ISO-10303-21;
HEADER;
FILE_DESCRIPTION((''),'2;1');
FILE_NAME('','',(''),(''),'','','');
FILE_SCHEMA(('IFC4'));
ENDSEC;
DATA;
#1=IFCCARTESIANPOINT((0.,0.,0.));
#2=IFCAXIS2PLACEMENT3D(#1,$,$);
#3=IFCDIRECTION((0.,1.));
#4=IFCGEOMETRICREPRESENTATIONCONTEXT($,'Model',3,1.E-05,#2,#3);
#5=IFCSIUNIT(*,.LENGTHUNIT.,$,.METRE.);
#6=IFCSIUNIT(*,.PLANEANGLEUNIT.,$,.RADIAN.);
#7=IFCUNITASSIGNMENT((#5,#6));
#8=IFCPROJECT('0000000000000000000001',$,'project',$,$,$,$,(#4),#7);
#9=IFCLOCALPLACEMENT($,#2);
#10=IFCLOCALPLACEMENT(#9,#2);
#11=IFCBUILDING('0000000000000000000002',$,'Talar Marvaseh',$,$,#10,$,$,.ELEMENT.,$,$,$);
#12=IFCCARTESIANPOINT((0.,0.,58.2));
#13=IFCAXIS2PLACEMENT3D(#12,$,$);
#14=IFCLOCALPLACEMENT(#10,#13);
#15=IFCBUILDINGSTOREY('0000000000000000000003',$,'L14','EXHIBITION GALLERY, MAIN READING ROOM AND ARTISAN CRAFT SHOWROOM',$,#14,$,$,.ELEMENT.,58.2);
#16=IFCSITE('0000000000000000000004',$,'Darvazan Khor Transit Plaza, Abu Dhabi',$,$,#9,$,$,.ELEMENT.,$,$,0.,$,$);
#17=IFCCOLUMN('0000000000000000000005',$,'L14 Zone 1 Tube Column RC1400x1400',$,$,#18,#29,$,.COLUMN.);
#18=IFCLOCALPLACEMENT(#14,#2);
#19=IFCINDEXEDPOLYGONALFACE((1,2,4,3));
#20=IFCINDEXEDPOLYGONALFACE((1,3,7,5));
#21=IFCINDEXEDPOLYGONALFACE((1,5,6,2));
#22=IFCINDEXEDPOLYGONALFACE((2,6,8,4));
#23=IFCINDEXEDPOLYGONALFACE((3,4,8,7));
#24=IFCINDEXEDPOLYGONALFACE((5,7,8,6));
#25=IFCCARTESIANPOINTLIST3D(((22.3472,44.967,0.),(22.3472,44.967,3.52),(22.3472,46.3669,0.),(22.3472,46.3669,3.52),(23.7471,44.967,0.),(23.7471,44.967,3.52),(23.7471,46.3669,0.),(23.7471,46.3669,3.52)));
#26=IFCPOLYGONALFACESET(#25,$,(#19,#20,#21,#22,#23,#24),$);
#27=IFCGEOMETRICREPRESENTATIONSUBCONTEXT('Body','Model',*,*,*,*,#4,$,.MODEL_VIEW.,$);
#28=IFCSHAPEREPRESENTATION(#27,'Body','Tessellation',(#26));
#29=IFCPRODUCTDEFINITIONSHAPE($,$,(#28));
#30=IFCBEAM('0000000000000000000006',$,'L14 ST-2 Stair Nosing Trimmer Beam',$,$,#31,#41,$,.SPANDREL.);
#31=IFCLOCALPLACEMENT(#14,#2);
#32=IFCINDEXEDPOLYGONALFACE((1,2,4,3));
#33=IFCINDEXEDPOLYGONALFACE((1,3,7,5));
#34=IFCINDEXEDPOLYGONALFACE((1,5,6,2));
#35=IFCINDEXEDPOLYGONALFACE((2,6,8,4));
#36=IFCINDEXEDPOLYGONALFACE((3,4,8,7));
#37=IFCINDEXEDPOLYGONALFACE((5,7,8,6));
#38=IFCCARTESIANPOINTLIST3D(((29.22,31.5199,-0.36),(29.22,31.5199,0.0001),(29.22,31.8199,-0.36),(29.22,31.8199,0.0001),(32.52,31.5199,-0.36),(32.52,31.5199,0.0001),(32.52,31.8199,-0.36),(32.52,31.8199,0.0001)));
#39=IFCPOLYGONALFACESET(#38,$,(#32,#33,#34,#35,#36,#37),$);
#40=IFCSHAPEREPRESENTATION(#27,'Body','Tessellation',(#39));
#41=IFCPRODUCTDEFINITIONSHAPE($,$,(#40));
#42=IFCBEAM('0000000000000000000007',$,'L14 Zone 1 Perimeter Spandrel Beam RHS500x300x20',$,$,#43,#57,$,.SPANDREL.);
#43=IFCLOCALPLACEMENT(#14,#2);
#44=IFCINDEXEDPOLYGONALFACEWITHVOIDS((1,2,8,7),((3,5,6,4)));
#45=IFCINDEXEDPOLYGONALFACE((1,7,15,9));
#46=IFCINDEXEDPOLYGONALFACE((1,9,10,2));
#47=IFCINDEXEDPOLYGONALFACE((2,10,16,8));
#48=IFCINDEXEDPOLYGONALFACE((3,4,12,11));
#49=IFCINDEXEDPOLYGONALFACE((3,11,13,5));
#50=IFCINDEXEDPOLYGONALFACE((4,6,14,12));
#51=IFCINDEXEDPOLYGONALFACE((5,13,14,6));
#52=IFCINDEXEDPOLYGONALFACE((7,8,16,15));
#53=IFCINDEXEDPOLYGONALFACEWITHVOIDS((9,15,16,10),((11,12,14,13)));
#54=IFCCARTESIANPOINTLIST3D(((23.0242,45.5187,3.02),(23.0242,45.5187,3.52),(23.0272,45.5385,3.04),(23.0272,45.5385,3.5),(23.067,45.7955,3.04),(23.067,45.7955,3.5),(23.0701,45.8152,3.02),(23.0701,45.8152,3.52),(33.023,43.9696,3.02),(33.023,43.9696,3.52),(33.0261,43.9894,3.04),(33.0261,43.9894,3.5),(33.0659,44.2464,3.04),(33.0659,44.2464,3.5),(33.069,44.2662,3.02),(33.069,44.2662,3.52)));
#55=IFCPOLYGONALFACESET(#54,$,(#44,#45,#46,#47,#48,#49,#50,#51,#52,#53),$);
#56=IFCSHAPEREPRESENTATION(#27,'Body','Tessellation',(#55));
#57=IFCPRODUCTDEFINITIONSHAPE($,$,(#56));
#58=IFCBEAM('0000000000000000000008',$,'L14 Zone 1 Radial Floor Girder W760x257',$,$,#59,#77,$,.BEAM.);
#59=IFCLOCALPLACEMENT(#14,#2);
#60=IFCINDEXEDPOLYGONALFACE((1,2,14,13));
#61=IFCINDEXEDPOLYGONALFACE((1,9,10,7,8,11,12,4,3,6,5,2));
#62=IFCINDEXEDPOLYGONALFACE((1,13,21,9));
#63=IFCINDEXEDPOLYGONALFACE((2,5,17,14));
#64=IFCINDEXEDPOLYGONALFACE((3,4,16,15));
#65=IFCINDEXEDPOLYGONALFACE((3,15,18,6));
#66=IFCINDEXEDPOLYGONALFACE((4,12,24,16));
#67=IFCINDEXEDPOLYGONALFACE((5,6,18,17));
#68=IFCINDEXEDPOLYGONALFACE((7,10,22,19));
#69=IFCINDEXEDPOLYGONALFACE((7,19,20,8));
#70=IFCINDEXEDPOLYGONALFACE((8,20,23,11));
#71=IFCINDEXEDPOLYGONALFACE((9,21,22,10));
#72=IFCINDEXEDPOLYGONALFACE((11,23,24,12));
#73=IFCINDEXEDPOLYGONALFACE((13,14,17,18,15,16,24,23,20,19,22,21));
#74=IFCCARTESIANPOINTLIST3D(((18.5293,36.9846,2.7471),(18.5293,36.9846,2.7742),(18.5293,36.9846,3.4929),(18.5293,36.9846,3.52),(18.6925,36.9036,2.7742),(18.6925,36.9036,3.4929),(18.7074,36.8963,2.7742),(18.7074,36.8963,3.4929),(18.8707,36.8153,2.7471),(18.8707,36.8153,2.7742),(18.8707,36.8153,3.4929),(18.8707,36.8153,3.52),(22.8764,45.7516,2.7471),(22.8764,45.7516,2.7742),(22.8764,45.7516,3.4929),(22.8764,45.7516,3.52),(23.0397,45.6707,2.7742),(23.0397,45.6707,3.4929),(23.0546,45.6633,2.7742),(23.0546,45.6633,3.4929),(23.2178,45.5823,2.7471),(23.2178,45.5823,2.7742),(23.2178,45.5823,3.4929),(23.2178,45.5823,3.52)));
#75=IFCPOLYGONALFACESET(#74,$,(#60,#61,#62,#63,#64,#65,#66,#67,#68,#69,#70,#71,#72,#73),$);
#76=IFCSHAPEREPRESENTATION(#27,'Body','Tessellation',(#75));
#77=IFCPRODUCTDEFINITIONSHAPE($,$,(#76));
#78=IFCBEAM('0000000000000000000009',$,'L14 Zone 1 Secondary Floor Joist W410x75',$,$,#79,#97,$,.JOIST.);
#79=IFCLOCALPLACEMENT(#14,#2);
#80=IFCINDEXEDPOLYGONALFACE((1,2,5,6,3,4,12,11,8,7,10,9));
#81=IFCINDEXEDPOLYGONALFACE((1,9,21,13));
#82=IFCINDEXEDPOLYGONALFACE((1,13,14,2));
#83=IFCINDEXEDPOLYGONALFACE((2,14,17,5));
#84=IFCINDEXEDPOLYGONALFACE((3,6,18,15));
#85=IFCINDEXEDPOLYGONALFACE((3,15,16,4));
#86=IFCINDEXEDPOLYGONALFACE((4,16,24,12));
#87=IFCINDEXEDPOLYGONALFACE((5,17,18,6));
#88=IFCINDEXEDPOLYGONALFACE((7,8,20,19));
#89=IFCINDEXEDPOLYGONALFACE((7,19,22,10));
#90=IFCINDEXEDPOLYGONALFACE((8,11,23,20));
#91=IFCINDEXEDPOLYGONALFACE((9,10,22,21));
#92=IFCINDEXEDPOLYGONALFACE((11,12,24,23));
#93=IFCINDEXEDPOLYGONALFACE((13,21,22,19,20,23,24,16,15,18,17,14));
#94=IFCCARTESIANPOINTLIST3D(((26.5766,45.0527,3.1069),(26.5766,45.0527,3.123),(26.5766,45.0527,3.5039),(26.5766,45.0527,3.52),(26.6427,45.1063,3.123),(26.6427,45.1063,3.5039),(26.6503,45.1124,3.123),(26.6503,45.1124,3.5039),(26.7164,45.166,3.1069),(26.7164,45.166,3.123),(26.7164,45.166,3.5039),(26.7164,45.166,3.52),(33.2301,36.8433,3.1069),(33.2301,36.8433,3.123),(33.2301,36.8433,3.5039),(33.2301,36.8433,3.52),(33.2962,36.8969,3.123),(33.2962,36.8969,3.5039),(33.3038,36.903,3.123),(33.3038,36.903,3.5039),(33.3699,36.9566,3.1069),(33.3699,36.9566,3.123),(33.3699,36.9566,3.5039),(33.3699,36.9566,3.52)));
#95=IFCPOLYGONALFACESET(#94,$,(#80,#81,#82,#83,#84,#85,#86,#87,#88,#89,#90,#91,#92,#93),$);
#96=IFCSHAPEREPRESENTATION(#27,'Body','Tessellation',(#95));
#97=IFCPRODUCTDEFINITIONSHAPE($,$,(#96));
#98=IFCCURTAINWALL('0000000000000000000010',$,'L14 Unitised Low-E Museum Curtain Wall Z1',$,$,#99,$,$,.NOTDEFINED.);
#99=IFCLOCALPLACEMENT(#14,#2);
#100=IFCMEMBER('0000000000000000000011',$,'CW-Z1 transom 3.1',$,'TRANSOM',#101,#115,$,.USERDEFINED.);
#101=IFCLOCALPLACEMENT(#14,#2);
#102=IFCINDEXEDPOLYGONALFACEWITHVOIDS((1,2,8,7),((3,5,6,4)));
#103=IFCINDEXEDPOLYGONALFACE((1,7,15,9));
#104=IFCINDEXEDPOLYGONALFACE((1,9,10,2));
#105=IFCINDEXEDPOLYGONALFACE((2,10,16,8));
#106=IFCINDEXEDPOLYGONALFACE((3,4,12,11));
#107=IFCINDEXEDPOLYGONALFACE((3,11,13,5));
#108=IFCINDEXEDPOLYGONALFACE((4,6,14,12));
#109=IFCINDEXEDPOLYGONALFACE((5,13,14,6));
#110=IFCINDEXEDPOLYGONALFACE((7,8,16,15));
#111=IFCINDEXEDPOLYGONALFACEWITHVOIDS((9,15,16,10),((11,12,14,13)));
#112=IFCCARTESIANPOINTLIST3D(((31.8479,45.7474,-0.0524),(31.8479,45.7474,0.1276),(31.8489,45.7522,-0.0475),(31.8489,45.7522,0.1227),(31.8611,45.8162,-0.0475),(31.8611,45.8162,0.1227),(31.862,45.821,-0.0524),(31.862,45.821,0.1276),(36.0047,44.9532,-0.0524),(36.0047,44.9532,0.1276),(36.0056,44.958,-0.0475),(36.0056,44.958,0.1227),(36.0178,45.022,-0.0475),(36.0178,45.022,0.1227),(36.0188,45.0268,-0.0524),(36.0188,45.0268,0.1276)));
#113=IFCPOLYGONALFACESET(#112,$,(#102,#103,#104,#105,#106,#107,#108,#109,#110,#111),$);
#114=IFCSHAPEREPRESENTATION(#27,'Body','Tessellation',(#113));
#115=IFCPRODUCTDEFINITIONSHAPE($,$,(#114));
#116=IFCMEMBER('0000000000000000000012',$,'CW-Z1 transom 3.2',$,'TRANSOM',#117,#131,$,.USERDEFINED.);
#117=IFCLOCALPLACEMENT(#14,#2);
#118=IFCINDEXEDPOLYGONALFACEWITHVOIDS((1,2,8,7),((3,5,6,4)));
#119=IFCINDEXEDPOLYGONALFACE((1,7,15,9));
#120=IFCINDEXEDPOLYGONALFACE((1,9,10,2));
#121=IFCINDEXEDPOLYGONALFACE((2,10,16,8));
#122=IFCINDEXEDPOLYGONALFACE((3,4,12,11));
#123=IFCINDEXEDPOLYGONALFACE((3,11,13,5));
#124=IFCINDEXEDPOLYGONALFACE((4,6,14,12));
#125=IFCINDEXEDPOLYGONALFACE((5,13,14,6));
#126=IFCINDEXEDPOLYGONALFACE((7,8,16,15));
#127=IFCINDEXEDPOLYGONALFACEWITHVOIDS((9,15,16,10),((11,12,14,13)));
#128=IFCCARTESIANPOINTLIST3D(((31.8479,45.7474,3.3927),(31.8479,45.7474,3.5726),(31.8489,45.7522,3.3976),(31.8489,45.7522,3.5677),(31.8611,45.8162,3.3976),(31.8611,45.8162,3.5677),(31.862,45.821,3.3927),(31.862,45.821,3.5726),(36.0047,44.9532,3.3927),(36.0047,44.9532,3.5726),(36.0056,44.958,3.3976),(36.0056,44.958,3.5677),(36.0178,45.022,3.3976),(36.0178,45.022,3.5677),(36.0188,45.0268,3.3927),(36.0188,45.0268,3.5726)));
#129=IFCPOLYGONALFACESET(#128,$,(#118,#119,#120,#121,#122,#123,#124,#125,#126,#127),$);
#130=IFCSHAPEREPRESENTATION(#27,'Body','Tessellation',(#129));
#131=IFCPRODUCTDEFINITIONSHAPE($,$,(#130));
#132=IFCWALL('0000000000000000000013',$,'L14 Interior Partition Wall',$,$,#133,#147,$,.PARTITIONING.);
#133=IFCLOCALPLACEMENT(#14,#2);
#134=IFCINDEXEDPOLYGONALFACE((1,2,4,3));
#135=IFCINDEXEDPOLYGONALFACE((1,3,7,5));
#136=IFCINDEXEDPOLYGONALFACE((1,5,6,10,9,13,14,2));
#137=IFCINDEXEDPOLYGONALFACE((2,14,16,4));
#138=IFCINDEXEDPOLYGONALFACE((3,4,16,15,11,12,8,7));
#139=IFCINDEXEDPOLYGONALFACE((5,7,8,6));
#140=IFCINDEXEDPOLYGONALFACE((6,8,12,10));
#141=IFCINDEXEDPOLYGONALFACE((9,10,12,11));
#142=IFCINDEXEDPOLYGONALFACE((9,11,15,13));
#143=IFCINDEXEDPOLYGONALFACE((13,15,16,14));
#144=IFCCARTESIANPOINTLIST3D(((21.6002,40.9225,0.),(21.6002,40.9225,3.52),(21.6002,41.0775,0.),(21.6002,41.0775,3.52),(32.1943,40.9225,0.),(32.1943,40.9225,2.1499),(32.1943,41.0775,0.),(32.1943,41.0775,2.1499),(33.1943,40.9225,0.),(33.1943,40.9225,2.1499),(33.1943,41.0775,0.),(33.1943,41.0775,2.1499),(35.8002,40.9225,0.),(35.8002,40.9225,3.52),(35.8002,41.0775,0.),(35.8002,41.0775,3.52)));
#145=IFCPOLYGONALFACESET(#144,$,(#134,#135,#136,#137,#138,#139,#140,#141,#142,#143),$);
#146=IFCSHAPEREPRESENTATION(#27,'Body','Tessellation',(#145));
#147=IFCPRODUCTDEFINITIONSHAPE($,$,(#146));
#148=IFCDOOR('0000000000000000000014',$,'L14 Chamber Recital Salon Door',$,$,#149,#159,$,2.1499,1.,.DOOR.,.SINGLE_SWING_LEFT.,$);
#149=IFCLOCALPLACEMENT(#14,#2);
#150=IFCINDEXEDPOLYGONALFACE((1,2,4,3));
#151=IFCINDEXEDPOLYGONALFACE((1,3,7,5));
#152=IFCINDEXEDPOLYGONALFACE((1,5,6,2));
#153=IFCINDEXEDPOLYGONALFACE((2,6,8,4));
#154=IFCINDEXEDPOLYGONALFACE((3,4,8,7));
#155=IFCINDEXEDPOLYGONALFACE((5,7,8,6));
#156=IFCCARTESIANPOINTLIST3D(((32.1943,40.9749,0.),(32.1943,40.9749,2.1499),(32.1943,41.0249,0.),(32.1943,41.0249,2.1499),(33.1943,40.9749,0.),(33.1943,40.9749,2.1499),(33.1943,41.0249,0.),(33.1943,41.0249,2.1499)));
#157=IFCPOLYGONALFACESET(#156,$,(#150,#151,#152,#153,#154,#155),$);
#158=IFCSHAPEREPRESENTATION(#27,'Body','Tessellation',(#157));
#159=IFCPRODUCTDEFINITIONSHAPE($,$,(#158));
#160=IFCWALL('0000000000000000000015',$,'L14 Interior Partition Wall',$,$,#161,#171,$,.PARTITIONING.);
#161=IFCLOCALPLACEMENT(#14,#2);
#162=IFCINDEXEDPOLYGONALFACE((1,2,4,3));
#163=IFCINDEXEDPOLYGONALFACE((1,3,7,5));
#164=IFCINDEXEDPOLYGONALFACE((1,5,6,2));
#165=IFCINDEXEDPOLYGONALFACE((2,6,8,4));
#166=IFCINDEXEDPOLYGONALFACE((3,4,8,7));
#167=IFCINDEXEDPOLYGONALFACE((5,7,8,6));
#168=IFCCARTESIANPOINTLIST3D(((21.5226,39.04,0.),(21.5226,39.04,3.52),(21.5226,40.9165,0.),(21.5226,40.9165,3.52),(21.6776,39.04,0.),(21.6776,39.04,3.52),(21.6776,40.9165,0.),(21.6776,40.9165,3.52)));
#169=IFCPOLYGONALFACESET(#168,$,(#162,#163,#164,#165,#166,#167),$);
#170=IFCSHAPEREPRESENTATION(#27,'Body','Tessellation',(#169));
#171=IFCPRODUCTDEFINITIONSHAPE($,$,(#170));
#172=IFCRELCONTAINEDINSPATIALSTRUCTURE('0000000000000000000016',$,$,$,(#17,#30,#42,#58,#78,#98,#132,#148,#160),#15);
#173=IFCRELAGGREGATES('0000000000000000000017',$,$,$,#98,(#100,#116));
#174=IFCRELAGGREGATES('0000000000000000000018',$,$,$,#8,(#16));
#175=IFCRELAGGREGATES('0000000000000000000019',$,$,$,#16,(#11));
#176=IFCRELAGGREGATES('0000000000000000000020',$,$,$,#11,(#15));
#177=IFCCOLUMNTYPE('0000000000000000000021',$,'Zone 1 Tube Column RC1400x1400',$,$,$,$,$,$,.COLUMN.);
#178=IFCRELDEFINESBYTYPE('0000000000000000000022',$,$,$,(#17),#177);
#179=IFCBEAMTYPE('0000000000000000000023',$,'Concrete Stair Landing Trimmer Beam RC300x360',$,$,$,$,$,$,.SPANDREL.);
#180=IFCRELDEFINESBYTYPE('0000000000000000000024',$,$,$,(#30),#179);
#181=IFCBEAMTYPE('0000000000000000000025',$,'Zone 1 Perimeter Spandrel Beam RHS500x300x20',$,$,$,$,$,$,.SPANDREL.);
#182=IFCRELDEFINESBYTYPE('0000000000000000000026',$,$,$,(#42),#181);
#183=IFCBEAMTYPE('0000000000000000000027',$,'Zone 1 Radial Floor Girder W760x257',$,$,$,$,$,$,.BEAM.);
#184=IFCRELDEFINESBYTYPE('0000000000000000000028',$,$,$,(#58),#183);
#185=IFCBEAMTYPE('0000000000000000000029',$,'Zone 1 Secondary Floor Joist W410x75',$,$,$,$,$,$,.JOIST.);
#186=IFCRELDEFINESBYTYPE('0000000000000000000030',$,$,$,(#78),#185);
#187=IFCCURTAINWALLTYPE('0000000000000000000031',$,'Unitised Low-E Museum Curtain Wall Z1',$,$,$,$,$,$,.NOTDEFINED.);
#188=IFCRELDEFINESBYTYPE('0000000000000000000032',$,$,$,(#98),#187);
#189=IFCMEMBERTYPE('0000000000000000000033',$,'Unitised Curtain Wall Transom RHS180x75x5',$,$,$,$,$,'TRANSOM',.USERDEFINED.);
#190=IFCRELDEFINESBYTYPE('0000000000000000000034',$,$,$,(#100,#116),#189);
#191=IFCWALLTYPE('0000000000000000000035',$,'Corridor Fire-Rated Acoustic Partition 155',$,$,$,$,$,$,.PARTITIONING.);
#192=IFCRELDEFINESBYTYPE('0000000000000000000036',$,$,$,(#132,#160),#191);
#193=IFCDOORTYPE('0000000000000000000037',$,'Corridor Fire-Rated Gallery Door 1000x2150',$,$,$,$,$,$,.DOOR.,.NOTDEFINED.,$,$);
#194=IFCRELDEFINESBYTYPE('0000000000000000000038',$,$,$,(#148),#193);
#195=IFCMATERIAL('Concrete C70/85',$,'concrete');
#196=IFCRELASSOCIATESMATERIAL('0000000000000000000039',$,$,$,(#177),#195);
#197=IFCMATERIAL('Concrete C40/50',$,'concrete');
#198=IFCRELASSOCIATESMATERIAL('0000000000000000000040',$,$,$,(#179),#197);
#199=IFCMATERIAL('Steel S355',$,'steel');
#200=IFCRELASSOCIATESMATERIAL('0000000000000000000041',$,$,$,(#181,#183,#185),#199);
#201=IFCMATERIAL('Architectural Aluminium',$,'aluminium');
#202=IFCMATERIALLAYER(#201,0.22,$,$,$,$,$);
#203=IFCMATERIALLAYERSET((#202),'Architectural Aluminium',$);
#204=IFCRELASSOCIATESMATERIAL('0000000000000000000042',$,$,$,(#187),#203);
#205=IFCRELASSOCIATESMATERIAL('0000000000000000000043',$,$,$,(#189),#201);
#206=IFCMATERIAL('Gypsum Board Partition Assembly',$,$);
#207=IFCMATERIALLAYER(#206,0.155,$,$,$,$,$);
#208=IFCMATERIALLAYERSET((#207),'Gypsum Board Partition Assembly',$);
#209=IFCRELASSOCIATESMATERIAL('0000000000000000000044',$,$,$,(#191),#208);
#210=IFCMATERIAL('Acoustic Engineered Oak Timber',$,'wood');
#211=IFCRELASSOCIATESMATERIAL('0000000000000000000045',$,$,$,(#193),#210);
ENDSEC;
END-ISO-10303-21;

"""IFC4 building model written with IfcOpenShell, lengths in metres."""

from ifc_helpers import new_model, si_unit, direction, frame, frame_2d, origin, origin_2d, place, context, subcontext, project, spatial, rectangle, hollow_rectangle, i_section, extrude, source, transform, mapped, material, layer, layer_set, material_profile, profile_set, type_object, type_shapes, element, fill, aggregate, save


model = new_model("IFC4")

# Units and contexts
model_context = context("Model", 3, precision=1e-05, world=origin(), true_north=direction((0.0, 1.0)))
body_context = subcontext(model_context, "Body", "Model", "MODEL_VIEW")
ifc_project = project(units=[si_unit("LENGTHUNIT", "METRE"), si_unit("PLANEANGLEUNIT", "RADIAN")], contexts=[model_context])

# Site, building, storey
site_placement = place(None, origin())
site = spatial("IfcSite", under=ifc_project, at=site_placement, Name="Darvazan Khor Transit Plaza, Abu Dhabi", CompositionType="ELEMENT", RefElevation=0.0)
building_placement = place(site_placement, origin())
building = spatial("IfcBuilding", under=site, at=building_placement, Name="Talar Marvaseh", CompositionType="ELEMENT")
storey_placement = place(building_placement, frame((0.0, 0.0, 58.2)))
storey = spatial("IfcBuildingStorey", under=building, at=storey_placement, Name="L14", Description="EXHIBITION GALLERY, MAIN READING ROOM AND ARTISAN CRAFT SHOWROOM", CompositionType="ELEMENT", Elevation=58.2)

# Column
ifc_material_1 = material(Name="Concrete C70/85", Category="concrete")
ifc_material_profile_1 = material_profile(ifc_material_1, rectangle(XDim=1.3999, YDim=1.3999, at=origin_2d()), Name="RC1400x1400")
ifc_profile_set_1 = profile_set([ifc_material_profile_1], Name="Concrete C70/85")
column_type = type_object("IfcColumnType", Name="Zone 1 Tube Column RC1400x1400", PredefinedType="COLUMN", material=ifc_profile_set_1)
column_placement = place(storey_placement, frame((23.0471, 45.667, 0.0), z_axis=(0.0, 0.0, 1.0), x_axis=(1.0, 0.0, 0.0)))
element("IfcColumn", 1, at=column_placement, inside=storey, type_object=column_type, Name="L14 Zone 1 Tube Column RC1400x1400", PredefinedType="COLUMN", context=body_context, shape_type="SweptSolid", body=[
    extrude(rectangle(XDim=1.3999, YDim=1.3999, at=origin_2d()), origin(), (0.0, 0.0, 1.0), 3.52),
])

# Beams
ifc_material_2 = material(Name="Concrete C40/50", Category="concrete")
ifc_material_profile_2 = material_profile(ifc_material_2, rectangle(XDim=0.3, YDim=0.3601, at=origin_2d()), Name="RC300x360")
ifc_profile_set_2 = profile_set([ifc_material_profile_2], Name="Concrete C40/50")
beam_type_1 = type_object("IfcBeamType", Name="Concrete Stair Landing Trimmer Beam RC300x360", PredefinedType="SPANDREL", material=ifc_profile_set_2)
beam_1_placement = place(storey_placement, frame((29.22, 31.6699, -0.1799), z_axis=(1.0, 0.0, 0.0), x_axis=(0.0, 1.0, 0.0)))
element("IfcBeam", 2, at=beam_1_placement, inside=storey, type_object=beam_type_1, Name="L14 ST-2 Stair Nosing Trimmer Beam", PredefinedType="SPANDREL", context=body_context, shape_type="SweptSolid", body=[
    extrude(rectangle(XDim=0.3, YDim=0.3601, at=origin_2d()), origin(), (0.0, 0.0, 1.0), 3.3),
])
ifc_material_3 = material(Name="Steel S355", Category="steel")
ifc_material_profile_3 = material_profile(ifc_material_3, hollow_rectangle(XDim=0.3, YDim=0.5, WallThickness=0.02, at=origin_2d()), Name="RHS500x300x20")
ifc_profile_set_3 = profile_set([ifc_material_profile_3], Name="Steel S355")
beam_type_2 = type_object("IfcBeamType", Name="Zone 1 Perimeter Spandrel Beam RHS500x300x20", PredefinedType="SPANDREL", material=ifc_profile_set_3)
beam_2_placement = place(storey_placement, frame((23.0471, 45.667, 3.27), z_axis=(0.988211, -0.1531, 0.0), x_axis=(0.1531, 0.988211, 0.0)))
element("IfcBeam", 3, at=beam_2_placement, inside=storey, type_object=beam_type_2, Name="L14 Zone 1 Perimeter Spandrel Beam RHS500x300x20", PredefinedType="SPANDREL", context=body_context, shape_type="SweptSolid", body=[
    extrude(hollow_rectangle(XDim=0.3, YDim=0.5, WallThickness=0.02, at=origin_2d()), origin(), (0.0, 0.0, 1.0), 10.1182),
])
ifc_material_profile_4 = material_profile(ifc_material_3, i_section(OverallWidth=0.3811, OverallDepth=0.7729, WebThickness=0.0166, FlangeThickness=0.0271, at=origin_2d()), Name="W760x257")
ifc_profile_set_4 = profile_set([ifc_material_profile_4], Name="Steel S355")
beam_type_3 = type_object("IfcBeamType", Name="Zone 1 Radial Floor Girder W760x257", PredefinedType="BEAM", material=ifc_profile_set_4)
beam_3_placement = place(storey_placement, frame((23.0471, 45.667, 3.1335), z_axis=(-0.444237, -0.895909, 0.0), x_axis=(0.895909, -0.444237, 0.0)))
element("IfcBeam", 4, at=beam_3_placement, inside=storey, type_object=beam_type_3, Name="L14 Zone 1 Radial Floor Girder W760x257", PredefinedType="BEAM", context=body_context, shape_type="SweptSolid", body=[
    extrude(i_section(OverallWidth=0.3811, OverallDepth=0.7729, WebThickness=0.0166, FlangeThickness=0.0271, at=origin_2d()), origin(), (0.0, 0.0, 1.0), 9.7856),
])
ifc_material_profile_5 = material_profile(ifc_material_3, i_section(OverallWidth=0.1799, OverallDepth=0.4131, WebThickness=0.0098, FlangeThickness=0.0161, at=origin_2d()), Name="W410x75")
ifc_profile_set_5 = profile_set([ifc_material_profile_5], Name="Steel S355")
beam_type_4 = type_object("IfcBeamType", Name="Zone 1 Secondary Floor Joist W410x75", PredefinedType="JOIST", material=ifc_profile_set_5)
beam_4_placement = place(storey_placement, frame((26.6465, 45.1094, 3.3135), z_axis=(0.629644, -0.776884, 0.0), x_axis=(0.776884, 0.629644, 0.0)))
element("IfcBeam", 5, at=beam_4_placement, inside=storey, type_object=beam_type_4, Name="L14 Zone 1 Secondary Floor Joist W410x75", PredefinedType="JOIST", context=body_context, shape_type="SweptSolid", body=[
    extrude(i_section(OverallWidth=0.1799, OverallDepth=0.4131, WebThickness=0.0098, FlangeThickness=0.0161, at=origin_2d()), origin(), (0.0, 0.0, 1.0), 10.5671),
])

# Curtain wall, members
ifc_material_4 = material(Name="Architectural Aluminium", Category="aluminium")
ifc_layer_1 = layer(ifc_material_4, 0.22)
ifc_layer_set_1 = layer_set([ifc_layer_1], Name="Architectural Aluminium")
curtain_wall_type = type_object("IfcCurtainWallType", Name="Unitised Low-E Museum Curtain Wall Z1", PredefinedType="NOTDEFINED", material=ifc_layer_set_1)
curtain_wall_placement = place(storey_placement, origin())
curtain_wall = element("IfcCurtainWall", 6, at=curtain_wall_placement, inside=storey, type_object=curtain_wall_type, Name="L14 Unitised Low-E Museum Curtain Wall Z1", PredefinedType="NOTDEFINED")
ifc_material_profile_6 = material_profile(ifc_material_4, hollow_rectangle(XDim=0.075, YDim=0.1799, WallThickness=0.0049, at=origin_2d()), Name="RHS180x75x5")
ifc_profile_set_6 = profile_set([ifc_material_profile_6], Name="Architectural Aluminium")
member_type = type_object("IfcMemberType", Name="Unitised Curtain Wall Transom RHS180x75x5", ElementType="TRANSOM", PredefinedType="USERDEFINED", material=ifc_profile_set_6)
shared_shape_1 = source(origin(), body_context, "Body", "SweptSolid", [
    extrude(hollow_rectangle(XDim=0.075, YDim=0.1799, WallThickness=0.0049, at=origin_2d()), origin(), (0.0, 0.0, 1.0), 4.2319),
])
type_shapes(member_type, [shared_shape_1])
member_1_placement = place(storey_placement, frame((31.855, 45.7842, 0.0376), z_axis=(0.982233, -0.187666, 0.0), x_axis=(0.187666, 0.982233, 0.0)))
member_1 = element("IfcMember", 7, at=member_1_placement, type_object=member_type, Name="CW-Z1 transom 3.1", ObjectType="TRANSOM", PredefinedType="USERDEFINED", context=body_context, shape_type="MappedRepresentation", body=[
    mapped(shared_shape_1, transform((0.0, 0.0, 0.0), x_axis=(1.0, 0.0, 0.0), y_axis=(0.0, 1.0, 0.0), z_axis=(0.0, 0.0, 1.0), scale=1.0)),
])
member_2_placement = place(storey_placement, frame((31.855, 45.7842, 3.4827), z_axis=(0.982233, -0.187666, 0.0), x_axis=(0.187666, 0.982233, 0.0)))
member_2 = element("IfcMember", 8, at=member_2_placement, type_object=member_type, Name="CW-Z1 transom 3.2", ObjectType="TRANSOM", PredefinedType="USERDEFINED", context=body_context, shape_type="MappedRepresentation", body=[
    mapped(shared_shape_1, transform((0.0, 0.0, 0.0), x_axis=(1.0, 0.0, 0.0), y_axis=(0.0, 1.0, 0.0), z_axis=(0.0, 0.0, 1.0), scale=1.0)),
])
aggregate(curtain_wall, [member_1, member_2])

# Wall, opening, door
ifc_material_5 = material(Name="Gypsum Board Partition Assembly")
ifc_layer_2 = layer(ifc_material_5, 0.155)
ifc_layer_set_2 = layer_set([ifc_layer_2], Name="Gypsum Board Partition Assembly")
wall_type_1 = type_object("IfcWallType", Name="Corridor Fire-Rated Acoustic Partition 155", PredefinedType="PARTITIONING", material=ifc_layer_set_2)
wall_1_placement = place(storey_placement, frame((21.6001, 41.0, 0.0), z_axis=(0.0, 0.0, 1.0), x_axis=(1.0, 0.0, 0.0)))
wall_1 = element("IfcWall", 9, at=wall_1_placement, inside=storey, type_object=wall_type_1, Name="L14 Interior Partition Wall", PredefinedType="PARTITIONING", context=body_context, shape_type="SweptSolid", body=[
    extrude(rectangle(XDim=14.2, YDim=0.155, at=frame_2d((7.1001, 0.0))), origin(), (0.0, 0.0, 1.0), 3.52),
])
opening_1_placement = place(wall_1_placement, frame((10.5942, 0.0, 0.0)))
opening_1 = element("IfcOpeningElement", 10, at=opening_1_placement, cuts=wall_1, PredefinedType="OPENING", context=body_context, shape_type="SweptSolid", body=[
    extrude(rectangle(XDim=1.0, YDim=2.1499, at=frame_2d((0.5, 1.075))), frame((0.0, 0.0874, 0.0), z_axis=(0.0, -1.0, 0.0), x_axis=(1.0, 0.0, 0.0)), (0.0, 0.0, 1.0), 0.175),
])
ifc_material_6 = material(Name="Acoustic Engineered Oak Timber", Category="wood")
door_type_1 = type_object("IfcDoorType", Name="Corridor Fire-Rated Gallery Door 1000x2150", OperationType="NOTDEFINED", PredefinedType="DOOR", material=ifc_material_6)
shared_shape_2 = source(origin(), body_context, "Body", "SweptSolid", [
    extrude(rectangle(XDim=1.0, YDim=2.1499, at=frame_2d((0.5, 1.075))), frame((0.0, 0.0249, 0.0), z_axis=(0.0, -1.0, 0.0), x_axis=(1.0, 0.0, 0.0)), (0.0, 0.0, 1.0), 0.05),
])
type_shapes(door_type_1, [shared_shape_2])
door_1_placement = place(opening_1_placement, origin())
door_1 = element("IfcDoor", 11, at=door_1_placement, inside=storey, type_object=door_type_1, Name="L14 Chamber Recital Salon Door", OperationType="SINGLE_SWING_LEFT", OverallHeight=2.1499, OverallWidth=1.0, PredefinedType="DOOR", context=body_context, shape_type="MappedRepresentation", body=[
    mapped(shared_shape_2, transform((0.0, 0.0, 0.0), x_axis=(1.0, 0.0, 0.0), y_axis=(0.0, 1.0, 0.0), z_axis=(0.0, 0.0, 1.0), scale=1.0)),
])
fill(opening_1, door_1)

# Wall
wall_2_placement = place(storey_placement, frame((21.6001, 39.04, 0.0), z_axis=(0.0, 0.0, 1.0), x_axis=(0.0, 1.0, 0.0)))
element("IfcWall", 12, at=wall_2_placement, inside=storey, type_object=wall_type_1, Name="L14 Interior Partition Wall", PredefinedType="PARTITIONING", context=body_context, shape_type="SweptSolid", body=[
    extrude(rectangle(XDim=1.8765, YDim=0.155, at=frame_2d((0.9382, 0.0))), origin(), (0.0, 0.0, 1.0), 3.52),
])

save(model, "model.ifc")
